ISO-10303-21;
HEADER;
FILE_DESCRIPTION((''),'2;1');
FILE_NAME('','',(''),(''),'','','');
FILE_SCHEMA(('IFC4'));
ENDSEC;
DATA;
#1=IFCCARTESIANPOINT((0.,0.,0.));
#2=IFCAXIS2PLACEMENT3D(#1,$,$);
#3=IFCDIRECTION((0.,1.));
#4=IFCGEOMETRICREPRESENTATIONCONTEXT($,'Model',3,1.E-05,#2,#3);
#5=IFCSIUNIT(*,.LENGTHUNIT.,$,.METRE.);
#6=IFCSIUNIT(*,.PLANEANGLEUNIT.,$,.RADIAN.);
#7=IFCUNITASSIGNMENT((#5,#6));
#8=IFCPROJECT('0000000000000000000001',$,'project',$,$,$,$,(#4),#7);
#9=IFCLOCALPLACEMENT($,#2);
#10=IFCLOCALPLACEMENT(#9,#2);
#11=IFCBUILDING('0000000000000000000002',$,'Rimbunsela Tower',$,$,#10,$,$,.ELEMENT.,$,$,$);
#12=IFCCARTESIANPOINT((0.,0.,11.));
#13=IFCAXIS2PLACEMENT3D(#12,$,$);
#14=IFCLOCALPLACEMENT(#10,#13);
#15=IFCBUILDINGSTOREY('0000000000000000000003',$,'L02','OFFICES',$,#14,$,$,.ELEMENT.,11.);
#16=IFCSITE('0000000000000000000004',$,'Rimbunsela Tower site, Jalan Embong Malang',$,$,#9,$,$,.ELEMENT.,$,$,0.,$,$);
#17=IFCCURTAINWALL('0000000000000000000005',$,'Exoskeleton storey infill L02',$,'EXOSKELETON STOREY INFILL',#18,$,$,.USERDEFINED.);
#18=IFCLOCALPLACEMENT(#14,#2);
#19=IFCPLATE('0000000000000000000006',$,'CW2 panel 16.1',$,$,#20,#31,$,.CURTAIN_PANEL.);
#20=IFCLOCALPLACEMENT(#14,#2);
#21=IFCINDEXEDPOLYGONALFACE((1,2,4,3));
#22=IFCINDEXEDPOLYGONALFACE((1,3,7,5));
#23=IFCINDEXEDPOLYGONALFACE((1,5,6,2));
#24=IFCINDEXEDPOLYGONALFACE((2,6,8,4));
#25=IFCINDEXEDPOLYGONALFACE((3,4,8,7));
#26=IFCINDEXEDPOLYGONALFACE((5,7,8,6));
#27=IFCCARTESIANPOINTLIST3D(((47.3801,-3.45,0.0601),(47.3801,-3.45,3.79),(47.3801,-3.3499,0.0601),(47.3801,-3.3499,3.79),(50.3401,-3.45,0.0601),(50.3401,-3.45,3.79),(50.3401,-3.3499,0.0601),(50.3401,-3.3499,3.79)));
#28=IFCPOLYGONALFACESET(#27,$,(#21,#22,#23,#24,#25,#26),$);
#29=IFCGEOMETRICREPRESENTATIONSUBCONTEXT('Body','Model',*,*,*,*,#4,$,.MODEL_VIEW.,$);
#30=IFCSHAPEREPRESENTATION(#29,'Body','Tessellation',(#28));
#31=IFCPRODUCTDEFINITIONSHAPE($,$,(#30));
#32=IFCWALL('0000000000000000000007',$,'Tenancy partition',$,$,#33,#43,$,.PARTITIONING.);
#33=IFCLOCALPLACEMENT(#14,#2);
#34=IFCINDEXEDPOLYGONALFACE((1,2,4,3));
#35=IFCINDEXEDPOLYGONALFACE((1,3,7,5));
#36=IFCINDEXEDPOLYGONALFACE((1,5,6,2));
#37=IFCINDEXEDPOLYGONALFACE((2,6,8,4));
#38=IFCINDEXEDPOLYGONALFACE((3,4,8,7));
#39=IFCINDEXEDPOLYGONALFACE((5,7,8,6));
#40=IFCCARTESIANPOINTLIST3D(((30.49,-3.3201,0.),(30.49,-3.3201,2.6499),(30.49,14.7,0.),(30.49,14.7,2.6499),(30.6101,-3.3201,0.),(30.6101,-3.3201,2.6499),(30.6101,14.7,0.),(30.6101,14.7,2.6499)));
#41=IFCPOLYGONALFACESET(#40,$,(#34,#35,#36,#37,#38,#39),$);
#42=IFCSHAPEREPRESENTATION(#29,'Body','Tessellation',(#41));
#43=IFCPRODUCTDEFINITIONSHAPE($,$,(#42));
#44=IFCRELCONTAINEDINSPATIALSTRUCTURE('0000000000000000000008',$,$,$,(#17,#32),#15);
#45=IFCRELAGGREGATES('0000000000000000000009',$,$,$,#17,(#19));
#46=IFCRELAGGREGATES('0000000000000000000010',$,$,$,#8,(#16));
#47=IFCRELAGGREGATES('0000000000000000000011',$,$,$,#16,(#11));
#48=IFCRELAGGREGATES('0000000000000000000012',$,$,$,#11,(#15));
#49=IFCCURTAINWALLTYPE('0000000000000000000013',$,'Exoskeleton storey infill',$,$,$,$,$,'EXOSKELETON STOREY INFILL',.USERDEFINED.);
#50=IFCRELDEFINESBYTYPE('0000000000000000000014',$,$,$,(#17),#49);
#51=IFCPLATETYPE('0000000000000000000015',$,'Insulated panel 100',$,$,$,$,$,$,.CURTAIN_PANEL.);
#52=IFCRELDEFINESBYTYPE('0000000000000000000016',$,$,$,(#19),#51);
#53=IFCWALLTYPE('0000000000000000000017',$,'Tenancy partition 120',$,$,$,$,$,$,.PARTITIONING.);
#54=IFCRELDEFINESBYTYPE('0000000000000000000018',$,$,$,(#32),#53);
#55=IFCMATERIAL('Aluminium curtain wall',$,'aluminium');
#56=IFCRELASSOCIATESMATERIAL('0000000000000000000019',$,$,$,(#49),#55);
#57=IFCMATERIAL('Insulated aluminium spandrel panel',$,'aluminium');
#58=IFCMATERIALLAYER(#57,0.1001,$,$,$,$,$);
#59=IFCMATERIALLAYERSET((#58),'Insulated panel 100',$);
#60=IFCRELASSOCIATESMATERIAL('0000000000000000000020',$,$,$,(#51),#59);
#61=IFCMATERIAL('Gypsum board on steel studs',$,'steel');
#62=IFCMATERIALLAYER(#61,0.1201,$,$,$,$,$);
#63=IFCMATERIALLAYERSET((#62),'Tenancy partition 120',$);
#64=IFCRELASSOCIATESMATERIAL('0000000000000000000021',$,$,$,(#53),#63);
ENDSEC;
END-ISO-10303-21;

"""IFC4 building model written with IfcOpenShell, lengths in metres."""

from ifc_helpers import new_model, si_unit, direction, frame, frame_2d, origin, origin_2d, place, context, subcontext, project, spatial, rectangle, extrude, material, layer, layer_set, type_object, element, aggregate, save


model = new_model("IFC4")

# Units and contexts
model_context = context("Model", 3, precision=1e-05, world=origin(), true_north=direction((0.0, 1.0)))
body_context = subcontext(model_context, "Body", "Model", "MODEL_VIEW")
ifc_project = project(units=[si_unit("LENGTHUNIT", "METRE"), si_unit("PLANEANGLEUNIT", "RADIAN")], contexts=[model_context])

# Site, building, storey
site_placement = place(None, origin())
site = spatial("IfcSite", under=ifc_project, at=site_placement, Name="Rimbunsela Tower site, Jalan Embong Malang", CompositionType="ELEMENT", RefElevation=0.0)
building_placement = place(site_placement, origin())
building = spatial("IfcBuilding", under=site, at=building_placement, Name="Rimbunsela Tower", CompositionType="ELEMENT")
storey_placement = place(building_placement, frame((0.0, 0.0, 11.0)))
storey = spatial("IfcBuildingStorey", under=building, at=storey_placement, Name="L02", Description="OFFICES", CompositionType="ELEMENT", Elevation=11.0)

# Curtain wall
ifc_material_1 = material(Name="Aluminium curtain wall", Category="aluminium")
curtain_wall_type = type_object("IfcCurtainWallType", Name="Exoskeleton storey infill", ElementType="EXOSKELETON STOREY INFILL", PredefinedType="USERDEFINED", material=ifc_material_1)
curtain_wall_placement = place(storey_placement, origin())
curtain_wall = element("IfcCurtainWall", 1, at=curtain_wall_placement, inside=storey, type_object=curtain_wall_type, Name="Exoskeleton storey infill L02", ObjectType="EXOSKELETON STOREY INFILL", PredefinedType="USERDEFINED")

# Plate
ifc_material_2 = material(Name="Insulated aluminium spandrel panel", Category="aluminium")
ifc_layer_1 = layer(ifc_material_2, 0.1001)
ifc_layer_set_1 = layer_set([ifc_layer_1], Name="Insulated panel 100")
plate_type = type_object("IfcPlateType", Name="Insulated panel 100", PredefinedType="CURTAIN_PANEL", material=ifc_layer_set_1)
plate_1_placement = place(storey_placement, frame((48.8601, -3.3999, 0.0601), z_axis=(0.0, 0.0, 1.0), x_axis=(1.0, 0.0, 0.0)))
plate_1 = element("IfcPlate", 2, at=plate_1_placement, type_object=plate_type, Name="CW2 panel 16.1", PredefinedType="CURTAIN_PANEL", context=body_context, shape_type="SweptSolid", body=[
    extrude(rectangle(XDim=2.96, YDim=0.1001, at=origin_2d()), origin(), (0.0, 0.0, 1.0), 3.73),
])
aggregate(curtain_wall, [plate_1])

# Wall
ifc_material_3 = material(Name="Gypsum board on steel studs", Category="steel")
ifc_layer_2 = layer(ifc_material_3, 0.1201)
ifc_layer_set_2 = layer_set([ifc_layer_2], Name="Tenancy partition 120")
wall_type = type_object("IfcWallType", Name="Tenancy partition 120", PredefinedType="PARTITIONING", material=ifc_layer_set_2)
wall_placement = place(storey_placement, frame((30.55, -3.3201, 0.0), z_axis=(0.0, 0.0, 1.0), x_axis=(0.0, 1.0, 0.0)))
element("IfcWall", 3, at=wall_placement, inside=storey, type_object=wall_type, Name="Tenancy partition", PredefinedType="PARTITIONING", context=body_context, shape_type="SweptSolid", body=[
    extrude(rectangle(XDim=18.02, YDim=0.1201, at=frame_2d((9.01, 0.0))), origin(), (0.0, 0.0, 1.0), 2.6499),
])

save(model, "model.ifc")
